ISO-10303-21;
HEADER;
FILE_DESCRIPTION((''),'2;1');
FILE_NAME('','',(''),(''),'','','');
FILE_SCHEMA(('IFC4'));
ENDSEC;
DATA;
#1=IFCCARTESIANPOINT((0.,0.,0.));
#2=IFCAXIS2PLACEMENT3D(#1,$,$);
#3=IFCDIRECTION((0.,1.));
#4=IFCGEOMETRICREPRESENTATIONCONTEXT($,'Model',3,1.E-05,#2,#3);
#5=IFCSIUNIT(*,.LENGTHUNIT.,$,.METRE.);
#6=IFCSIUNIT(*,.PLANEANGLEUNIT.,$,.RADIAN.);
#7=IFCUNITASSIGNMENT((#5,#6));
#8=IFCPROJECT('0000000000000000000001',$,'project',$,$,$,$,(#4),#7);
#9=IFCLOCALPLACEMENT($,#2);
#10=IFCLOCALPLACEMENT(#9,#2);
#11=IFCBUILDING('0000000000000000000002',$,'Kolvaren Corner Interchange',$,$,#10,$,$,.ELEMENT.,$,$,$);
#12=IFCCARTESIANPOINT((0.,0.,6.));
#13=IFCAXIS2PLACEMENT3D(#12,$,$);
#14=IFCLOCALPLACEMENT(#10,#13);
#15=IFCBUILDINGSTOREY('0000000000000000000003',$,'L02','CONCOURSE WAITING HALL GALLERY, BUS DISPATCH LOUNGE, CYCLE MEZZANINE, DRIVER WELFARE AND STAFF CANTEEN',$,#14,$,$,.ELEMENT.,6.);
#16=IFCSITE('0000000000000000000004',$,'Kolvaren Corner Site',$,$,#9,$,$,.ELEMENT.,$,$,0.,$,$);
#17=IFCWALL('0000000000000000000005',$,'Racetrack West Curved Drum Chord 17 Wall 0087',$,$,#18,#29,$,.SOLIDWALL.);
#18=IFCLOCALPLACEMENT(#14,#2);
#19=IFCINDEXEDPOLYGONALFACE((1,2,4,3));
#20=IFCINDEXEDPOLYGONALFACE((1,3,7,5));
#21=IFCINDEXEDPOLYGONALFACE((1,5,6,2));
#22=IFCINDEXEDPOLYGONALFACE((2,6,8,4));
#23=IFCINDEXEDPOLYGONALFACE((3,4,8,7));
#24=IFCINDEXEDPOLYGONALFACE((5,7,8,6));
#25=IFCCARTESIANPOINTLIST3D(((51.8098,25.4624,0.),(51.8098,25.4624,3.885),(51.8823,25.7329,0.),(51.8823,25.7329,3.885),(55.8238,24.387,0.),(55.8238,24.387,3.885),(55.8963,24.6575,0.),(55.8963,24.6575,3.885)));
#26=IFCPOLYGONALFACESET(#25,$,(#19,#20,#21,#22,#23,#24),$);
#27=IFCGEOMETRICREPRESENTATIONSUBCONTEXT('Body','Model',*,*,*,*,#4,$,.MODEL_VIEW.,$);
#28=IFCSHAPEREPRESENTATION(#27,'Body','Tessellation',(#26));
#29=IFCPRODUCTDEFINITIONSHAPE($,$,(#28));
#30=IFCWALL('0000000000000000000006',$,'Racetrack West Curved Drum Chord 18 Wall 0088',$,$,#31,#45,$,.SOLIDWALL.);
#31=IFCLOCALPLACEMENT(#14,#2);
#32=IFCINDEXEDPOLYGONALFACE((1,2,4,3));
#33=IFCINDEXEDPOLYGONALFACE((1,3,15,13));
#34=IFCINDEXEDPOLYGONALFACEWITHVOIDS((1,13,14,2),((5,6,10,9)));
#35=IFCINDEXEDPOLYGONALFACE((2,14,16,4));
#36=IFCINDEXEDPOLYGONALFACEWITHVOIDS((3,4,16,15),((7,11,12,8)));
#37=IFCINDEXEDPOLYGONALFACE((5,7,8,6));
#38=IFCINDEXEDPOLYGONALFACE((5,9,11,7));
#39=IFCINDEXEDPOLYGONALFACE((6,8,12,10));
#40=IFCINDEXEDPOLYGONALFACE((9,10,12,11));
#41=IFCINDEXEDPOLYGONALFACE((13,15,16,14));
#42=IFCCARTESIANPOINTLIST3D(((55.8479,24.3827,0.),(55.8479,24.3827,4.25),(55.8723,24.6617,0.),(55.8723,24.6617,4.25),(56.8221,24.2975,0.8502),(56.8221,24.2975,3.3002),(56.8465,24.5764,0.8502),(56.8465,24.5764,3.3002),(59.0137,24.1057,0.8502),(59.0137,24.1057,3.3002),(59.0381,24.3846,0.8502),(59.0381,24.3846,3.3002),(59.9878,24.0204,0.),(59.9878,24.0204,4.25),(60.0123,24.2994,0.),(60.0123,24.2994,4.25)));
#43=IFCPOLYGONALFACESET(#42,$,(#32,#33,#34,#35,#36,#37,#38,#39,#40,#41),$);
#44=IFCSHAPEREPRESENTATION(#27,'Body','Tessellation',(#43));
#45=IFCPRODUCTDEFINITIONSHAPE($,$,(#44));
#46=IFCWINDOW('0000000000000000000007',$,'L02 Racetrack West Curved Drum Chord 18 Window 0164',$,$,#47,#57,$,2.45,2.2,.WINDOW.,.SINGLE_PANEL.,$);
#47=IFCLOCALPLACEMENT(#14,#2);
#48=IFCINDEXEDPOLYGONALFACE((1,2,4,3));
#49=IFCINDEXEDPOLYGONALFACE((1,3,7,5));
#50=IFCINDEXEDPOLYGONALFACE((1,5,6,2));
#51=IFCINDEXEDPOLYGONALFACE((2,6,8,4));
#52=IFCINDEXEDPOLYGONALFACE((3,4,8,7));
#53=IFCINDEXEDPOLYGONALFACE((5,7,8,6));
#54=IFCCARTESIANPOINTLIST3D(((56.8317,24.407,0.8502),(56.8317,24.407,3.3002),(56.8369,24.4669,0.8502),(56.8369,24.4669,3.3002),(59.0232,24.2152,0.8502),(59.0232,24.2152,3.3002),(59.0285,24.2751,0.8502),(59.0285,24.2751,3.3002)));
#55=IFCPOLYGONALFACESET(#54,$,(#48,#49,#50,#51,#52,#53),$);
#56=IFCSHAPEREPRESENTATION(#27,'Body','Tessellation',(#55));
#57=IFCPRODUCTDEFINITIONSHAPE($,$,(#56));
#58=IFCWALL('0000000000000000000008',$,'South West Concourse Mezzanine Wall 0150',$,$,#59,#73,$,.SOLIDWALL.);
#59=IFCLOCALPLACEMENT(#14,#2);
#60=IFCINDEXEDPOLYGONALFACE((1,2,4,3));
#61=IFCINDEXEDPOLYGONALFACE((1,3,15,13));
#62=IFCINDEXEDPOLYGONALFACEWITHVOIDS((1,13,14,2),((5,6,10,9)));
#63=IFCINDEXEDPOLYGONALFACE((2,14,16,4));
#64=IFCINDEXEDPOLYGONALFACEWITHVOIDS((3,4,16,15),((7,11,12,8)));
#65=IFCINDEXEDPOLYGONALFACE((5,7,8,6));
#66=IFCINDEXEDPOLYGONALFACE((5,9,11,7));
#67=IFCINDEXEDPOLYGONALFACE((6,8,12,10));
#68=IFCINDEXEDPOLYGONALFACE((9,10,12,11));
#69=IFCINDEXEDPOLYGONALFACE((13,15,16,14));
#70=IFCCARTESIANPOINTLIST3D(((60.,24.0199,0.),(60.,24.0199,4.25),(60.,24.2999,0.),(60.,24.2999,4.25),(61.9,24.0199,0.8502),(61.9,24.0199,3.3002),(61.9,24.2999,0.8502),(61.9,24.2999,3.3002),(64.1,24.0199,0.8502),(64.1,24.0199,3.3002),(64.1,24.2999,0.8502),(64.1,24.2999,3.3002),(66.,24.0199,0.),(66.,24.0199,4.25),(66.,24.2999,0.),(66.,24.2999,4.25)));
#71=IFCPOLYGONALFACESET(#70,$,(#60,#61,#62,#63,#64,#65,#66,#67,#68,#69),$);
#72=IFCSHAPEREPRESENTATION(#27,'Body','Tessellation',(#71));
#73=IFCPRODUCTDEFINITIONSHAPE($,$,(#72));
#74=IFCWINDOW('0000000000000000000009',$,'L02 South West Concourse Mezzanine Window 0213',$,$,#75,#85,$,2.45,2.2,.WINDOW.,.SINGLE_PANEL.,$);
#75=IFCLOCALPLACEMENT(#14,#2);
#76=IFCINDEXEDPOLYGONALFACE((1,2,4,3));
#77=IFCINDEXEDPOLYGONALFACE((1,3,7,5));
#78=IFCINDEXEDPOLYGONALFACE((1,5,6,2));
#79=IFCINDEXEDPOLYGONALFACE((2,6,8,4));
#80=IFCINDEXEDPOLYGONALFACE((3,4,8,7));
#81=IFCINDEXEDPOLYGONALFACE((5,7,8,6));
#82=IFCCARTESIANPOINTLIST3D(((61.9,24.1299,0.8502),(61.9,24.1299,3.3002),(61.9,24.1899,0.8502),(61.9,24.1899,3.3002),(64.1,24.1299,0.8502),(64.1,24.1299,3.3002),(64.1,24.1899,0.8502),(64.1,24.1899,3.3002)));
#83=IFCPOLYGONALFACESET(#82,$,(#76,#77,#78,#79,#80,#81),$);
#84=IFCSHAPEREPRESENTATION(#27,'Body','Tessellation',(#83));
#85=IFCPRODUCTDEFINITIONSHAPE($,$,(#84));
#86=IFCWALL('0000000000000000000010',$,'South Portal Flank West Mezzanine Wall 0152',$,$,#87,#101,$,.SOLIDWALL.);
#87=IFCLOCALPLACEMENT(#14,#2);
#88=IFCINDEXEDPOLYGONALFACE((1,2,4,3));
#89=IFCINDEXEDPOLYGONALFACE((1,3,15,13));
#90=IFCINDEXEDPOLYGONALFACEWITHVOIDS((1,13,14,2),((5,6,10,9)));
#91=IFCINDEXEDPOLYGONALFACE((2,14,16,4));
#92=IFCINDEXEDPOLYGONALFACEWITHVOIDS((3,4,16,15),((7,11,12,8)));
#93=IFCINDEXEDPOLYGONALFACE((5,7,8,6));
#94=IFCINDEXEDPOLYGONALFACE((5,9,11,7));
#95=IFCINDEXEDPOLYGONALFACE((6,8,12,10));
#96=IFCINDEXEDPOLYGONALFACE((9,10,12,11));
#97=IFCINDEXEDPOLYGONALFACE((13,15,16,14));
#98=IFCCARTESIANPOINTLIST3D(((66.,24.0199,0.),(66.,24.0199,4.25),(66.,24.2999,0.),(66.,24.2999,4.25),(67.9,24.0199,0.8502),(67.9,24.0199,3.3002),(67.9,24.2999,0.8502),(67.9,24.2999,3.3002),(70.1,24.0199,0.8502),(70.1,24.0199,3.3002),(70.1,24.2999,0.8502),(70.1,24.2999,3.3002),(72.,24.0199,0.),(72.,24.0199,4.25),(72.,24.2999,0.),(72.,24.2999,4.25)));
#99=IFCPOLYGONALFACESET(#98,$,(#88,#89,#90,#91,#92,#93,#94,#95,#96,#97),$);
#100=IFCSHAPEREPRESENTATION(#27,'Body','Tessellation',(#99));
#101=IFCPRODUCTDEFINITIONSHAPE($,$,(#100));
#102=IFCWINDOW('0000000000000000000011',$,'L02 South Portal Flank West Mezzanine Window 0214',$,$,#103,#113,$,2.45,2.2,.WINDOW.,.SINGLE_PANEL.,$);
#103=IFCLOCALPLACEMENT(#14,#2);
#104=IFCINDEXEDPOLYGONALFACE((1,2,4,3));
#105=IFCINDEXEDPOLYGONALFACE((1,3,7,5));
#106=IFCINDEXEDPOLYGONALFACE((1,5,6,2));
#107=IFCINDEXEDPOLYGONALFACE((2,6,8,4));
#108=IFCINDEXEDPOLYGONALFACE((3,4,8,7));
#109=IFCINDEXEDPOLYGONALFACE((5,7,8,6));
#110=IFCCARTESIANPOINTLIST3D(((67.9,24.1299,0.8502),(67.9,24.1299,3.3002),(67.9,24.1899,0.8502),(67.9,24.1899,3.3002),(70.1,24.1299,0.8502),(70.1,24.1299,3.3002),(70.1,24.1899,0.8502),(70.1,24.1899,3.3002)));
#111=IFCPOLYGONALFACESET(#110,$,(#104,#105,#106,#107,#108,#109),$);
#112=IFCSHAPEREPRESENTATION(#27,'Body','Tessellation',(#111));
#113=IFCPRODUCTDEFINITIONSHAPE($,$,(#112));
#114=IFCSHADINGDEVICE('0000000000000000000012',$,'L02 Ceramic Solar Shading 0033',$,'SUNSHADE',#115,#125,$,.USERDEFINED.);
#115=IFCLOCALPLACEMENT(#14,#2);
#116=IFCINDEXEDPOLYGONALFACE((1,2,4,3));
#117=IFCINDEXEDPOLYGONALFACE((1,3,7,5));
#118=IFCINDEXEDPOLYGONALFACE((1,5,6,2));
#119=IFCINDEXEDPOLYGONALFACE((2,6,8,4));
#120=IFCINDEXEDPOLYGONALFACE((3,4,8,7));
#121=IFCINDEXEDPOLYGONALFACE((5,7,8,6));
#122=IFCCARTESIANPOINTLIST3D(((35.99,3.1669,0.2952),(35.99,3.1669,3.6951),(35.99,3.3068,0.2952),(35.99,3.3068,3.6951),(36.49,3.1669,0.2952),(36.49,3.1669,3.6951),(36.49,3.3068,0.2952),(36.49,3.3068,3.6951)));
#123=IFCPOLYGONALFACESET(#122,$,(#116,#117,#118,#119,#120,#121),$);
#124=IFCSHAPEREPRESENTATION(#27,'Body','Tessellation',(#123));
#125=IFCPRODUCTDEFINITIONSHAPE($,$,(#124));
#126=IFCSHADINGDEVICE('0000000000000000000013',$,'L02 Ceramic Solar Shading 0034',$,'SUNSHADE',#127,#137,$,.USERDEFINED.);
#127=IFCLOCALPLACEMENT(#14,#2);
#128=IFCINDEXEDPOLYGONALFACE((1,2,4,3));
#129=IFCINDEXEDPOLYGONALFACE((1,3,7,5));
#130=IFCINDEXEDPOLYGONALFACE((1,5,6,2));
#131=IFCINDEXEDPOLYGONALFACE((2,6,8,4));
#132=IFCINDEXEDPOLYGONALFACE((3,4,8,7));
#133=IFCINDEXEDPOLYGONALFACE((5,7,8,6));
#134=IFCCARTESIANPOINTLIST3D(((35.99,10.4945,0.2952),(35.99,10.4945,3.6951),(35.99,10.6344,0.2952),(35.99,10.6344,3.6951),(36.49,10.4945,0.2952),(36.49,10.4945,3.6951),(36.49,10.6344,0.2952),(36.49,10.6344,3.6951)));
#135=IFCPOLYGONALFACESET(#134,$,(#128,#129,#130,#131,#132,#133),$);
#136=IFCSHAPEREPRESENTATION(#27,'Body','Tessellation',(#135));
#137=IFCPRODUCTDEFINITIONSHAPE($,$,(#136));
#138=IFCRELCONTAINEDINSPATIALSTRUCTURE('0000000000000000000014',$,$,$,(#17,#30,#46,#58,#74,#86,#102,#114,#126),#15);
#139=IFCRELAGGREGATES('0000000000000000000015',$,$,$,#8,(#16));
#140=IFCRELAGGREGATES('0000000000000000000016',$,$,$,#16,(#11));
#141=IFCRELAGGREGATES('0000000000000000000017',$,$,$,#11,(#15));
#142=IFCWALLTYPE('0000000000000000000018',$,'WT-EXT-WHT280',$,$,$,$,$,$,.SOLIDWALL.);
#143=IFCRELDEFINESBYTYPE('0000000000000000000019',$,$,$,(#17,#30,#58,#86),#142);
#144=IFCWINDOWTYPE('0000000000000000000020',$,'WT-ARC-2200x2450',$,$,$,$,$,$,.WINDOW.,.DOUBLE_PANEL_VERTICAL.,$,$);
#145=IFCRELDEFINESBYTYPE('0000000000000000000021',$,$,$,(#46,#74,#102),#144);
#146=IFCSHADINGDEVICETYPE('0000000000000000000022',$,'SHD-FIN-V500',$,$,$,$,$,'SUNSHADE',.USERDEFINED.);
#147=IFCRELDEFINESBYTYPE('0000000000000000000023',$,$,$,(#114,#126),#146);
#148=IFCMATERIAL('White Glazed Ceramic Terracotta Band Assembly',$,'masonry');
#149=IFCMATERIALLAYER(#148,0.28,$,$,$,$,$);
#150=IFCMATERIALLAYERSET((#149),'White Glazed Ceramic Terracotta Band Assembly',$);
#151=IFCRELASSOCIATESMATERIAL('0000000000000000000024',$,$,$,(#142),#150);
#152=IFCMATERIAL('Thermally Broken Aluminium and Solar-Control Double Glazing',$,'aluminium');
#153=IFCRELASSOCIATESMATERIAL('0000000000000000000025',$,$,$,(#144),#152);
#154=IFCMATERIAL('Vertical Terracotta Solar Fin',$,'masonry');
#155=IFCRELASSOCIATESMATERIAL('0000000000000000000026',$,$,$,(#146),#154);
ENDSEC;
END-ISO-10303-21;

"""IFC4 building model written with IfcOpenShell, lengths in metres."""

from ifc_helpers import new_model, si_unit, direction, frame, frame_2d, origin, origin_2d, place, context, subcontext, project, spatial, rectangle, extrude, material, layer, layer_set, type_object, element, fill, save


model = new_model("IFC4")

# Units and contexts
model_context = context("Model", 3, precision=1e-05, world=origin(), true_north=direction((0.0, 1.0)))
body_context = subcontext(model_context, "Body", "Model", "MODEL_VIEW")
ifc_project = project(units=[si_unit("LENGTHUNIT", "METRE"), si_unit("PLANEANGLEUNIT", "RADIAN")], contexts=[model_context])

# Site, building, storey
site_placement = place(None, origin())
site = spatial("IfcSite", under=ifc_project, at=site_placement, Name="Kolvaren Corner Site", CompositionType="ELEMENT", RefElevation=0.0)
building_placement = place(site_placement, origin())
building = spatial("IfcBuilding", under=site, at=building_placement, Name="Kolvaren Corner Interchange", CompositionType="ELEMENT")
storey_placement = place(building_placement, frame((0.0, 0.0, 6.0)))
storey = spatial("IfcBuildingStorey", under=building, at=storey_placement, Name="L02", Description="CONCOURSE WAITING HALL GALLERY, BUS DISPATCH LOUNGE, CYCLE MEZZANINE, DRIVER WELFARE AND STAFF CANTEEN", CompositionType="ELEMENT", Elevation=6.0)

# Shared definitions
ifc_material_1 = material(Name="White Glazed Ceramic Terracotta Band Assembly", Category="masonry")
ifc_layer_1 = layer(ifc_material_1, 0.28)
ifc_layer_set_1 = layer_set([ifc_layer_1], Name="White Glazed Ceramic Terracotta Band Assembly")
wall_type_1 = type_object("IfcWallType", Name="WT-EXT-WHT280", PredefinedType="SOLIDWALL", material=ifc_layer_set_1)
ifc_material_2 = material(Name="Thermally Broken Aluminium and Solar-Control Double Glazing", Category="aluminium")
window_type_1 = type_object("IfcWindowType", Name="WT-ARC-2200x2450", PartitioningType="DOUBLE_PANEL_VERTICAL", PredefinedType="WINDOW", material=ifc_material_2)

# Wall
wall_1_placement = place(storey_placement, frame((51.8462, 25.5977, 0.0), z_axis=(0.0, 0.0, 1.0), x_axis=(0.965931, -0.2588, 0.0)))
element("IfcWall", 1, at=wall_1_placement, inside=storey, type_object=wall_type_1, Name="Racetrack West Curved Drum Chord 17 Wall 0087", PredefinedType="SOLIDWALL", context=body_context, shape_type="SweptSolid", body=[
    extrude(rectangle(XDim=4.1555, YDim=0.28, at=frame_2d((2.0776, 0.0))), origin(), (0.0, 0.0, 1.0), 3.885),
])

# Walls, openings, windows
wall_2_placement = place(storey_placement, frame((55.8601, 24.5222, 0.0), z_axis=(0.0, 0.0, 1.0), x_axis=(0.996192, -0.087182, 0.0)))
wall_2 = element("IfcWall", 2, at=wall_2_placement, inside=storey, type_object=wall_type_1, Name="Racetrack West Curved Drum Chord 18 Wall 0088", PredefinedType="SOLIDWALL", context=body_context, shape_type="SweptSolid", body=[
    extrude(rectangle(XDim=4.1558, YDim=0.28, at=frame_2d((2.0779, 0.0))), origin(), (0.0, 0.0, 1.0), 4.25),
])
opening_1_placement = place(wall_2_placement, frame((0.9778, 0.0, 0.8501)))
opening_1 = element("IfcOpeningElement", 3, at=opening_1_placement, cuts=wall_2, PredefinedType="OPENING", context=body_context, shape_type="SweptSolid", body=[
    extrude(rectangle(XDim=2.2, YDim=2.45, at=frame_2d((1.1001, 1.2251))), frame((0.0, 0.1499, 0.0), z_axis=(0.0, -1.0, 0.0), x_axis=(1.0, 0.0, 0.0)), (0.0, 0.0, 1.0), 0.3),
])
window_1_placement = place(opening_1_placement, origin())
window_1 = element("IfcWindow", 4, at=window_1_placement, inside=storey, type_object=window_type_1, Name="L02 Racetrack West Curved Drum Chord 18 Window 0164", OverallHeight=2.45, OverallWidth=2.2, PartitioningType="SINGLE_PANEL", PredefinedType="WINDOW", context=body_context, shape_type="SweptSolid", body=[
    extrude(rectangle(XDim=2.2, YDim=2.45, at=frame_2d((1.1001, 1.2251))), frame((0.0, 0.03, 0.0), z_axis=(0.0, -1.0, 0.0), x_axis=(1.0, 0.0, 0.0)), (0.0, 0.0, 1.0), 0.0601),
])
fill(opening_1, window_1)
wall_3_placement = place(storey_placement, frame((60.0, 24.1599, 0.0), z_axis=(0.0, 0.0, 1.0), x_axis=(1.0, 0.0, 0.0)))
wall_3 = element("IfcWall", 5, at=wall_3_placement, inside=storey, type_object=wall_type_1, Name="South West Concourse Mezzanine Wall 0150", PredefinedType="SOLIDWALL", context=body_context, shape_type="SweptSolid", body=[
    extrude(rectangle(XDim=6.0, YDim=0.28, at=frame_2d((3.0, 0.0))), origin(), (0.0, 0.0, 1.0), 4.25),
])
opening_2_placement = place(wall_3_placement, frame((1.8999, 0.0, 0.8501)))
opening_2 = element("IfcOpeningElement", 6, at=opening_2_placement, cuts=wall_3, PredefinedType="OPENING", context=body_context, shape_type="SweptSolid", body=[
    extrude(rectangle(XDim=2.2, YDim=2.45, at=frame_2d((1.1001, 1.2251))), frame((0.0, 0.1499, 0.0), z_axis=(0.0, -1.0, 0.0), x_axis=(1.0, 0.0, 0.0)), (0.0, 0.0, 1.0), 0.3),
])
window_2_placement = place(opening_2_placement, origin())
window_2 = element("IfcWindow", 7, at=window_2_placement, inside=storey, type_object=window_type_1, Name="L02 South West Concourse Mezzanine Window 0213", OverallHeight=2.45, OverallWidth=2.2, PartitioningType="SINGLE_PANEL", PredefinedType="WINDOW", context=body_context, shape_type="SweptSolid", body=[
    extrude(rectangle(XDim=2.2, YDim=2.45, at=frame_2d((1.1001, 1.2251))), frame((0.0, 0.03, 0.0), z_axis=(0.0, -1.0, 0.0), x_axis=(1.0, 0.0, 0.0)), (0.0, 0.0, 1.0), 0.0601),
])
fill(opening_2, window_2)
wall_4_placement = place(storey_placement, frame((66.0, 24.1599, 0.0), z_axis=(0.0, 0.0, 1.0), x_axis=(1.0, 0.0, 0.0)))
wall_4 = element("IfcWall", 8, at=wall_4_placement, inside=storey, type_object=wall_type_1, Name="South Portal Flank West Mezzanine Wall 0152", PredefinedType="SOLIDWALL", context=body_context, shape_type="SweptSolid", body=[
    extrude(rectangle(XDim=6.0, YDim=0.28, at=frame_2d((3.0, 0.0))), origin(), (0.0, 0.0, 1.0), 4.25),
])
opening_3_placement = place(wall_4_placement, frame((1.8999, 0.0, 0.8501)))
opening_3 = element("IfcOpeningElement", 9, at=opening_3_placement, cuts=wall_4, PredefinedType="OPENING", context=body_context, shape_type="SweptSolid", body=[
    extrude(rectangle(XDim=2.2, YDim=2.45, at=frame_2d((1.1001, 1.2251))), frame((0.0, 0.1499, 0.0), z_axis=(0.0, -1.0, 0.0), x_axis=(1.0, 0.0, 0.0)), (0.0, 0.0, 1.0), 0.3),
])
window_3_placement = place(opening_3_placement, origin())
window_3 = element("IfcWindow", 10, at=window_3_placement, inside=storey, type_object=window_type_1, Name="L02 South Portal Flank West Mezzanine Window 0214", OverallHeight=2.45, OverallWidth=2.2, PartitioningType="SINGLE_PANEL", PredefinedType="WINDOW", context=body_context, shape_type="SweptSolid", body=[
    extrude(rectangle(XDim=2.2, YDim=2.45, at=frame_2d((1.1001, 1.2251))), frame((0.0, 0.03, 0.0), z_axis=(0.0, -1.0, 0.0), x_axis=(1.0, 0.0, 0.0)), (0.0, 0.0, 1.0), 0.0601),
])
fill(opening_3, window_3)

# Shading devices
ifc_material_3 = material(Name="Vertical Terracotta Solar Fin", Category="masonry")
shading_device_type = type_object("IfcShadingDeviceType", Name="SHD-FIN-V500", ElementType="SUNSHADE", PredefinedType="USERDEFINED", material=ifc_material_3)
for number, where, z_axis, x_axis, name in (
    (11, (36.24, 3.2368, 0.2952), (0.0, 0.0, 1.0), (0.0, 1.0, 0.0), "L02 Ceramic Solar Shading 0033"),
    (12, (36.24, 10.5645, 0.2952), (0.0, 0.0, 1.0), (0.0, 1.0, 0.0), "L02 Ceramic Solar Shading 0034"),
):
    element("IfcShadingDevice", number, at=place(storey_placement, frame(where, z_axis=z_axis, x_axis=x_axis)), inside=storey, type_object=shading_device_type, Name=name, ObjectType="SUNSHADE", PredefinedType="USERDEFINED", context=body_context, shape_type="SweptSolid", body=[
        extrude(rectangle(XDim=0.1399, YDim=0.5, at=origin_2d()), origin(), (0.0, 0.0, 1.0), 3.3999),
    ])

save(model, "model.ifc")
